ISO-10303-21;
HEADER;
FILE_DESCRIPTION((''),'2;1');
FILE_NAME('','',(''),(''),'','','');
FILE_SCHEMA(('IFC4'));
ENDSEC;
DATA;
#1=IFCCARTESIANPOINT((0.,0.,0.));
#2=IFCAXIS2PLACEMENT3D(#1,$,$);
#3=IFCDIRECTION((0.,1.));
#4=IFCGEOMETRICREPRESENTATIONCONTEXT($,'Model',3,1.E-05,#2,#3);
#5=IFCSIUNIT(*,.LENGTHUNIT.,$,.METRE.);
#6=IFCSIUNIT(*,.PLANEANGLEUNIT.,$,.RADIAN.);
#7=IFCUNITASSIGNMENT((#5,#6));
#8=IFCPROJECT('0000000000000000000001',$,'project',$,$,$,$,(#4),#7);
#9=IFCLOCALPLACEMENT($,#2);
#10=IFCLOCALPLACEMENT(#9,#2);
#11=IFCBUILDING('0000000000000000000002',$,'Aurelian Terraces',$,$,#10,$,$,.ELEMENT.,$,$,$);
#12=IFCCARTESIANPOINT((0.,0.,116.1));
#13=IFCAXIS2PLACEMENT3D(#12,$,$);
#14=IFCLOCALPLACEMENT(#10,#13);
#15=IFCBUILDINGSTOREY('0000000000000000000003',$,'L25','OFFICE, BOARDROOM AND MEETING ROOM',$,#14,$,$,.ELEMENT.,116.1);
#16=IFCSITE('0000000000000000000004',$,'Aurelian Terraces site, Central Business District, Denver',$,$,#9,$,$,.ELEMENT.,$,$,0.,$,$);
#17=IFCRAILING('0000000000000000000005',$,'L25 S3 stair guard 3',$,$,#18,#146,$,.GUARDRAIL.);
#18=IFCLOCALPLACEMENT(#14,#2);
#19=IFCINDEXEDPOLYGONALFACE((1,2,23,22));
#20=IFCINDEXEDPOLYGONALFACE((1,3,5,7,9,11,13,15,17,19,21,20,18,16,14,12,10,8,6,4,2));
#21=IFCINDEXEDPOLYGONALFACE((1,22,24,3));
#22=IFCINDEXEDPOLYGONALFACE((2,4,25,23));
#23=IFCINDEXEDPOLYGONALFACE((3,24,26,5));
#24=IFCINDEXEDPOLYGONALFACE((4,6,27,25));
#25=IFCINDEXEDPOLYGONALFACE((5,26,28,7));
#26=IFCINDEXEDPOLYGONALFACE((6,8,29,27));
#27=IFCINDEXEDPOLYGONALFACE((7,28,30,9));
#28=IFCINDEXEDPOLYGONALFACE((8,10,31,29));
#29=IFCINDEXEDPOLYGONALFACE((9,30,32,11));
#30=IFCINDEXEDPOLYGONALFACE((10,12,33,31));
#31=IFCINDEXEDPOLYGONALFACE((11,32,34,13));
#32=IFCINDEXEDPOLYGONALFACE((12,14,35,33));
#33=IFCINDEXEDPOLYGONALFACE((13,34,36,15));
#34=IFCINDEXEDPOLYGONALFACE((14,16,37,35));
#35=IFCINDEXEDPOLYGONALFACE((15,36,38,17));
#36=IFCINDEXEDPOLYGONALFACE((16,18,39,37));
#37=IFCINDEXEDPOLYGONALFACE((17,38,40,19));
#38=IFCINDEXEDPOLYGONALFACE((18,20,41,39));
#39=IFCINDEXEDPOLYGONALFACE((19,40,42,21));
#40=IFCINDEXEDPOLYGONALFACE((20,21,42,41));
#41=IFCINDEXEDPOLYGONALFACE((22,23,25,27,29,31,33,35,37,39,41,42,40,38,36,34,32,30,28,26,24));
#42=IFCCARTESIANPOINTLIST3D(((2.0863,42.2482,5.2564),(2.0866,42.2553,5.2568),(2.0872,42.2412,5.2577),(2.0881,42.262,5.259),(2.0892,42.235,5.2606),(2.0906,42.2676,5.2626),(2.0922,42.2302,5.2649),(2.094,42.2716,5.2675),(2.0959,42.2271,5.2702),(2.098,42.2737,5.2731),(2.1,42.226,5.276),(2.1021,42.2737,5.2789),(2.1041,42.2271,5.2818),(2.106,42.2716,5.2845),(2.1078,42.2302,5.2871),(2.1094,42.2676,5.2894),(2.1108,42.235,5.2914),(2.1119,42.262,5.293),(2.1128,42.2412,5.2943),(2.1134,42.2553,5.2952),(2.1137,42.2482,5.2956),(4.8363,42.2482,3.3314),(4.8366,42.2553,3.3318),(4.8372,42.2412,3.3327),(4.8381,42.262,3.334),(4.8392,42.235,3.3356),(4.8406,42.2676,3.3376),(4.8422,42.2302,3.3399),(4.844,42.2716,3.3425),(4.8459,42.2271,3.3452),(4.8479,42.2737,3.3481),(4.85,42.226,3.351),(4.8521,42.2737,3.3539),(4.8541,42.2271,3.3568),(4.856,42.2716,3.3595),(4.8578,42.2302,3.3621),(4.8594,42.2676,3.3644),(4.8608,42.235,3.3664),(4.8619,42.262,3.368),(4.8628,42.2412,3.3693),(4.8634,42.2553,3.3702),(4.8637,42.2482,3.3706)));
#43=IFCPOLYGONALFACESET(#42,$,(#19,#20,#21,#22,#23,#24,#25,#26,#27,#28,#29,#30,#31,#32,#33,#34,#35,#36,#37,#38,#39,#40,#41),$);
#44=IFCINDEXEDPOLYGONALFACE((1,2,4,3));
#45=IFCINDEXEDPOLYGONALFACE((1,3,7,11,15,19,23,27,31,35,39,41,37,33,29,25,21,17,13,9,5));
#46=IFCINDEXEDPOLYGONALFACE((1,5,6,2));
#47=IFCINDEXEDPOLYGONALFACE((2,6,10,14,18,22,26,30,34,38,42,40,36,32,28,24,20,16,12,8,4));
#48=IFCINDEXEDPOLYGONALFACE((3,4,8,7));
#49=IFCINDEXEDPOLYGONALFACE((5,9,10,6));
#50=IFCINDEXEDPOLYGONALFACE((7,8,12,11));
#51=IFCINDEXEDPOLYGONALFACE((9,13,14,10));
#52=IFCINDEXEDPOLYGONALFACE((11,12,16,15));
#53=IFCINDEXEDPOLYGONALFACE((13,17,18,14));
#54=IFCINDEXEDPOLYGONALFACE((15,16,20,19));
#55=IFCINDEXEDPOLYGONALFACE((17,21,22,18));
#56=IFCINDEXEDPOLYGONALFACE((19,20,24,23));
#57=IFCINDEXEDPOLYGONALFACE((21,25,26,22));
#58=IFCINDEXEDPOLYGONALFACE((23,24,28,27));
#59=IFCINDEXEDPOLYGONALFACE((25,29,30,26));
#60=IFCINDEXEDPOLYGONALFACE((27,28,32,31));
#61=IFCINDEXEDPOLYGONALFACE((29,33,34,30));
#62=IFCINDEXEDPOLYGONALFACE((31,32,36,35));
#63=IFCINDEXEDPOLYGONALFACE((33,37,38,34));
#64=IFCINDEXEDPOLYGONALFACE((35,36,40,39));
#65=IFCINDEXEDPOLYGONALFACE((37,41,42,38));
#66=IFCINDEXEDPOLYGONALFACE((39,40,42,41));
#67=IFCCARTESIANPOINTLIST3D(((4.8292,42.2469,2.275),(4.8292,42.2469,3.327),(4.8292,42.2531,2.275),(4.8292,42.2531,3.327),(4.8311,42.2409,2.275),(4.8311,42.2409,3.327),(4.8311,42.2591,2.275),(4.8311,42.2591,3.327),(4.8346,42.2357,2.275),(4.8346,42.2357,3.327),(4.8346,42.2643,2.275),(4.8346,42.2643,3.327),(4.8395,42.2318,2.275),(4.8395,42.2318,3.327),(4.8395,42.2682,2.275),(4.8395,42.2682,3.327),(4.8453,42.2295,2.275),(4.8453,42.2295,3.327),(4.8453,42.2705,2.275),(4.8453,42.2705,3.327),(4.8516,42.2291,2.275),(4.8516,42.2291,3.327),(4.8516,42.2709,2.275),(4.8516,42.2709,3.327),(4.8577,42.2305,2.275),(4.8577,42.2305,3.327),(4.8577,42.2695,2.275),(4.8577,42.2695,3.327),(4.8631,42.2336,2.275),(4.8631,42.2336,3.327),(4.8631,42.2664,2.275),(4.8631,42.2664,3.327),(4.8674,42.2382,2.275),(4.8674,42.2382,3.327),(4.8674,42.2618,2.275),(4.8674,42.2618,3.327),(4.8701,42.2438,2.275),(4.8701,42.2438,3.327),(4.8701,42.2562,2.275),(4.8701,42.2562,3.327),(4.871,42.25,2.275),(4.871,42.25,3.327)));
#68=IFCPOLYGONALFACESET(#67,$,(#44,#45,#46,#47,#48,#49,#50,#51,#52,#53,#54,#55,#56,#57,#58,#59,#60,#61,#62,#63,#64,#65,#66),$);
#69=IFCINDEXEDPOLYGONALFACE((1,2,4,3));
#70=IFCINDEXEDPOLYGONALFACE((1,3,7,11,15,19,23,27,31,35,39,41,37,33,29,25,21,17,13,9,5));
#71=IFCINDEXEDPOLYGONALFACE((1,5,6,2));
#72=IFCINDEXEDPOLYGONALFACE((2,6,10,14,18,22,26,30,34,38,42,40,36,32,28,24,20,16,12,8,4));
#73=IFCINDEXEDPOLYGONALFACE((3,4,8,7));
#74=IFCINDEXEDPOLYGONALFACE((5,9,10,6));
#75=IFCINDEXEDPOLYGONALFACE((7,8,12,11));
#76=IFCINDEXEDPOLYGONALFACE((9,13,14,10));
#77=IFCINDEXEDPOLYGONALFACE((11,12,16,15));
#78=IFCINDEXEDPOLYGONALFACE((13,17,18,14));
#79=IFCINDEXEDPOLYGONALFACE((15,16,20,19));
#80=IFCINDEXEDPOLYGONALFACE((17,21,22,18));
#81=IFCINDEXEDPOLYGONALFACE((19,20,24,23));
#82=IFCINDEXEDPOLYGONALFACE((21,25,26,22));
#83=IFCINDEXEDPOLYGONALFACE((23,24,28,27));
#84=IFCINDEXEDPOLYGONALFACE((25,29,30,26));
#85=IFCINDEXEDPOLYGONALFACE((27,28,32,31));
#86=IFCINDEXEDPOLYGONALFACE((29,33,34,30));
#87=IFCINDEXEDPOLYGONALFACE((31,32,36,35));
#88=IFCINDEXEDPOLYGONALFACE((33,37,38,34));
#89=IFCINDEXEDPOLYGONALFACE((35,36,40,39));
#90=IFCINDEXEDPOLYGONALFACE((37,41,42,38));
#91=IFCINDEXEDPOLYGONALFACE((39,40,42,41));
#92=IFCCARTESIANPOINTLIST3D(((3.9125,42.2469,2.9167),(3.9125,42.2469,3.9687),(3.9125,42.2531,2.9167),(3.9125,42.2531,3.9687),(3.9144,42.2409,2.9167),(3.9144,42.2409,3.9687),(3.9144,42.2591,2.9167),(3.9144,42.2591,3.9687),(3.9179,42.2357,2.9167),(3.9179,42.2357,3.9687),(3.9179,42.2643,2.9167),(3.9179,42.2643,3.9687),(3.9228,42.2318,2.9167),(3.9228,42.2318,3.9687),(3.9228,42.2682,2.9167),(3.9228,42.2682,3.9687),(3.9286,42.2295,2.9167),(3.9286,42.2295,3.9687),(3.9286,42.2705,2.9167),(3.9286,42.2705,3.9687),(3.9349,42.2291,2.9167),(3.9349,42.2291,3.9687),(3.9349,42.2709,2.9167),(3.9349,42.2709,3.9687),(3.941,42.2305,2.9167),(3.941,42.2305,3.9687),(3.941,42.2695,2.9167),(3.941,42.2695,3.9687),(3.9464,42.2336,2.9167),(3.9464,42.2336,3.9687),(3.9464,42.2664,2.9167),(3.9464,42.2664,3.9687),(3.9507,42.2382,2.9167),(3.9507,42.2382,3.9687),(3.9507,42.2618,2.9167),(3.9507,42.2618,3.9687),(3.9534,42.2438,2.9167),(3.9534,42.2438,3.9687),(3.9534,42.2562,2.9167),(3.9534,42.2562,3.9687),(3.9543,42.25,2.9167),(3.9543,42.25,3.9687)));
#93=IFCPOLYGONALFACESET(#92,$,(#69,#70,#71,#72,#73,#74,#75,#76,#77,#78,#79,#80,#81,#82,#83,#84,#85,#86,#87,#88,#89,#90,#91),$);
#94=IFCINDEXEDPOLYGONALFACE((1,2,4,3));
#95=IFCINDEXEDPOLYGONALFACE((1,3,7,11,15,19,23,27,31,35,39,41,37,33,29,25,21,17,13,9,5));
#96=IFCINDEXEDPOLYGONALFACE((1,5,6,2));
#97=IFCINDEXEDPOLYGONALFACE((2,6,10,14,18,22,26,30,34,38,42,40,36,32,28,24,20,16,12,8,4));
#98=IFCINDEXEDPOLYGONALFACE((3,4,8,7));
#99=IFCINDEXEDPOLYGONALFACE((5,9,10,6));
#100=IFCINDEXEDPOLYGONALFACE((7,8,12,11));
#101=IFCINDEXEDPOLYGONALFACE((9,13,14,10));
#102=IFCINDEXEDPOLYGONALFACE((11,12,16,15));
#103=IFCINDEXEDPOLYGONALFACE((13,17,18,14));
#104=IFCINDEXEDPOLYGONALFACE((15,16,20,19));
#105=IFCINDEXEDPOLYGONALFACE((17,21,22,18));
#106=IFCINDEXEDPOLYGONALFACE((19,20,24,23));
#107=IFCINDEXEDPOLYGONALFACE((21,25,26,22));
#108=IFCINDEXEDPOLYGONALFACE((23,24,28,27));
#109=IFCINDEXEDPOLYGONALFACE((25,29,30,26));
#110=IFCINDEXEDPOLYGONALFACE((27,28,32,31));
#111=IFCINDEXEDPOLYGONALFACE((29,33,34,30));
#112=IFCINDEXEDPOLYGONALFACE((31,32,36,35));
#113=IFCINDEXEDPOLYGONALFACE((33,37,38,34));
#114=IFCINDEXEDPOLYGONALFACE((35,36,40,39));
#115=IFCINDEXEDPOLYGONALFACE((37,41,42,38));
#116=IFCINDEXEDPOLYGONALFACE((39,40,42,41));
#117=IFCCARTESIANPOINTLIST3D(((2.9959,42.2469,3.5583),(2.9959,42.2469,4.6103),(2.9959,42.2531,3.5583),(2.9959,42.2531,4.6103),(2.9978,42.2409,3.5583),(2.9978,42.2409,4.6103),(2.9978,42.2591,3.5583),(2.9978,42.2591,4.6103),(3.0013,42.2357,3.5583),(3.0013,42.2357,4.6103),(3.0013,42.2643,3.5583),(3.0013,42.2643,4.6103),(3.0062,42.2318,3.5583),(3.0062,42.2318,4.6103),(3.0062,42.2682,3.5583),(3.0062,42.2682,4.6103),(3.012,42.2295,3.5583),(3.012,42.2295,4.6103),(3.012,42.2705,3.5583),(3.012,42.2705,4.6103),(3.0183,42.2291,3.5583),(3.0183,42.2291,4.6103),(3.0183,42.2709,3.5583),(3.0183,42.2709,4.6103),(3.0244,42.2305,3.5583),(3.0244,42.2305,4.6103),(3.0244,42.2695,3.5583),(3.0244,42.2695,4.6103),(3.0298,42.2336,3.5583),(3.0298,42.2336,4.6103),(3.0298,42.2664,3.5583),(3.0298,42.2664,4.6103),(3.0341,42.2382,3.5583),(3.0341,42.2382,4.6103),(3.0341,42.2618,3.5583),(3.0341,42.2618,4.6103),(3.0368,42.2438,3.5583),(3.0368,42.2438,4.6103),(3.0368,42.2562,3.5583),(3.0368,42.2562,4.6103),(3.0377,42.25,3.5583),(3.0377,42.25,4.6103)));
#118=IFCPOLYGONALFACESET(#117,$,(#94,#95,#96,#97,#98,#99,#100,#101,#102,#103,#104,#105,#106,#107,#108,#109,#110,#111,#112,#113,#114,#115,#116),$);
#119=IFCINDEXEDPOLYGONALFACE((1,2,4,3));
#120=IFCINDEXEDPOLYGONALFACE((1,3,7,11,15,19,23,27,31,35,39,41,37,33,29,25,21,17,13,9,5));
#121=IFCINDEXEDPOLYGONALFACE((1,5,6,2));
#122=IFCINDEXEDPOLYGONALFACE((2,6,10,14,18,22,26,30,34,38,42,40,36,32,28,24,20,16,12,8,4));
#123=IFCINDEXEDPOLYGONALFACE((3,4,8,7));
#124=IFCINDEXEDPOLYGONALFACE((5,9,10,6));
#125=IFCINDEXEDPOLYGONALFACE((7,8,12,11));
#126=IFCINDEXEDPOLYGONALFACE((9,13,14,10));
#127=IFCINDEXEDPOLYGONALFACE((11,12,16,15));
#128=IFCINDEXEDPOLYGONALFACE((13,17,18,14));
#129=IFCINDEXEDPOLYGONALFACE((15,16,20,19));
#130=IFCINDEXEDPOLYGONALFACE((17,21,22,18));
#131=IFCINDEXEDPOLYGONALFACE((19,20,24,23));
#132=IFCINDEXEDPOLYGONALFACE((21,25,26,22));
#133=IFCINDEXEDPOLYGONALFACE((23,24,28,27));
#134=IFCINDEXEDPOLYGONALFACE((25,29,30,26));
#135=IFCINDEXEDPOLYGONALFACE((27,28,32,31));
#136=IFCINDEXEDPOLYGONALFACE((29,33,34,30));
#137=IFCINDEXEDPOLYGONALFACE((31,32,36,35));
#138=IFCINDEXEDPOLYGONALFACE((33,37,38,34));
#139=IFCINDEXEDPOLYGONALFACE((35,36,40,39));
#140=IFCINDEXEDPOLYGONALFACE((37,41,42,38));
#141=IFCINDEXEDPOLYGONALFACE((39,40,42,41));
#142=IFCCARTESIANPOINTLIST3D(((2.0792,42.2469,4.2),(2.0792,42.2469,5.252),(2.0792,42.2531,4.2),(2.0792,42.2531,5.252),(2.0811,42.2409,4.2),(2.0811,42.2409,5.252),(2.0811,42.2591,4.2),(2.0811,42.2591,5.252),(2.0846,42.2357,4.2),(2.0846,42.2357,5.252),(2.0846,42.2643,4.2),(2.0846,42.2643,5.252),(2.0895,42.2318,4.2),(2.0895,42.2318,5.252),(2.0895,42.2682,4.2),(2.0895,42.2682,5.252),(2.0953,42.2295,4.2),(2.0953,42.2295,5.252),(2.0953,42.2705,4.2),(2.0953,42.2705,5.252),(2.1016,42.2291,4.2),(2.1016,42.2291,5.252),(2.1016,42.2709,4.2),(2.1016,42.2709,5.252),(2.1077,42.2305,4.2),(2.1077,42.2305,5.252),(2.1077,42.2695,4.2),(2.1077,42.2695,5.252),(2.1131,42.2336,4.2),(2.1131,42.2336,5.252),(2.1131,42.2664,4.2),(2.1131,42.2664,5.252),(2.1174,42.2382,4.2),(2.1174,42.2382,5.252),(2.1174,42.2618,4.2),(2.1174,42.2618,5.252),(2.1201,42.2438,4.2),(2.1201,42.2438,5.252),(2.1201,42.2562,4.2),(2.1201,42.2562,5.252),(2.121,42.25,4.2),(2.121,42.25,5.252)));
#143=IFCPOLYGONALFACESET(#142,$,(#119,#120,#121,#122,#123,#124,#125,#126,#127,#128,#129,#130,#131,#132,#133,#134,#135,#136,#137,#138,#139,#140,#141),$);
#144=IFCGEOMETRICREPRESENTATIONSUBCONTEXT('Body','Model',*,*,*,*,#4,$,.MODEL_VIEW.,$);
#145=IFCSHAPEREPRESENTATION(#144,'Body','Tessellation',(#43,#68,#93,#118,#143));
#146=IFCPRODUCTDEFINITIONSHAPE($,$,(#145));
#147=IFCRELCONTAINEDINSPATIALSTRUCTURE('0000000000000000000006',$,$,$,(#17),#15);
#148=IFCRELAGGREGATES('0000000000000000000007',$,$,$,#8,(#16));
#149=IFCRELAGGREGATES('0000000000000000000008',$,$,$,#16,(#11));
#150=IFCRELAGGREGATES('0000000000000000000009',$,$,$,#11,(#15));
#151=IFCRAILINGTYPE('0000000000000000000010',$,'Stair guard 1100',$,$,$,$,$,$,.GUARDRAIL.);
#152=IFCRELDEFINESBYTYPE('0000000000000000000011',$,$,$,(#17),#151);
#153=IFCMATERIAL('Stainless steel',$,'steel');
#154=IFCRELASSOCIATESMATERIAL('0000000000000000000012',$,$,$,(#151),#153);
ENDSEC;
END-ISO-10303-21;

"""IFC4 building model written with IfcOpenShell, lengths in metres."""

from ifc_helpers import new_model, si_unit, direction, frame, origin, origin_2d, place, context, subcontext, project, spatial, circle, extrude, source, transform, mapped, material, type_object, element, save


model = new_model("IFC4")

# Units and contexts
model_context = context("Model", 3, precision=1e-05, world=origin(), true_north=direction((0.0, 1.0)))
body_context = subcontext(model_context, "Body", "Model", "MODEL_VIEW")
ifc_project = project(units=[si_unit("LENGTHUNIT", "METRE"), si_unit("PLANEANGLEUNIT", "RADIAN")], contexts=[model_context])

# Site, building, storey
site_placement = place(None, origin())
site = spatial("IfcSite", under=ifc_project, at=site_placement, Name="Aurelian Terraces site, Central Business District, Denver", CompositionType="ELEMENT", RefElevation=0.0)
building_placement = place(site_placement, origin())
building = spatial("IfcBuilding", under=site, at=building_placement, Name="Aurelian Terraces", CompositionType="ELEMENT")
storey_placement = place(building_placement, frame((0.0, 0.0, 116.1)))
storey = spatial("IfcBuildingStorey", under=building, at=storey_placement, Name="L25", Description="OFFICE, BOARDROOM AND MEETING ROOM", CompositionType="ELEMENT", Elevation=116.1)

# Railing
ifc_material_1 = material(Name="Stainless steel", Category="steel")
railing_type_1 = type_object("IfcRailingType", Name="Stair guard 1100", PredefinedType="GUARDRAIL", material=ifc_material_1)
shared_shape_1 = source(origin(), body_context, "Body", "SweptSolid", [
    extrude(circle(Radius=0.024, at=origin_2d()), frame((0.0, 0.0, 1.076), z_axis=(-0.819232, 0.0, 0.573462), x_axis=(0.0, -1.0, 0.0)), (0.0, 0.0, 1.0), 3.3568),
    extrude(circle(Radius=0.021, at=origin_2d()), origin(), (0.0, 0.0, 1.0), 1.052),
    extrude(circle(Radius=0.021, at=origin_2d()), frame((-0.9167, 0.0, 0.6417)), (0.0, 0.0, 1.0), 1.052),
    extrude(circle(Radius=0.021, at=origin_2d()), frame((-1.8333, 0.0, 1.2833)), (0.0, 0.0, 1.0), 1.052),
    extrude(circle(Radius=0.021, at=origin_2d()), frame((-2.75, 0.0, 1.925)), (0.0, 0.0, 1.0), 1.052),
])
railing_1_placement = place(storey_placement, frame((4.85, 42.25, 2.275)))
element("IfcRailing", 1, at=railing_1_placement, inside=storey, type_object=railing_type_1, Name="L25 S3 stair guard 3", PredefinedType="GUARDRAIL", context=body_context, shape_type="MappedRepresentation", body=[
    mapped(shared_shape_1, transform((0.0, 0.0, 0.0), scale=1.0)),
])

save(model, "model.ifc")
